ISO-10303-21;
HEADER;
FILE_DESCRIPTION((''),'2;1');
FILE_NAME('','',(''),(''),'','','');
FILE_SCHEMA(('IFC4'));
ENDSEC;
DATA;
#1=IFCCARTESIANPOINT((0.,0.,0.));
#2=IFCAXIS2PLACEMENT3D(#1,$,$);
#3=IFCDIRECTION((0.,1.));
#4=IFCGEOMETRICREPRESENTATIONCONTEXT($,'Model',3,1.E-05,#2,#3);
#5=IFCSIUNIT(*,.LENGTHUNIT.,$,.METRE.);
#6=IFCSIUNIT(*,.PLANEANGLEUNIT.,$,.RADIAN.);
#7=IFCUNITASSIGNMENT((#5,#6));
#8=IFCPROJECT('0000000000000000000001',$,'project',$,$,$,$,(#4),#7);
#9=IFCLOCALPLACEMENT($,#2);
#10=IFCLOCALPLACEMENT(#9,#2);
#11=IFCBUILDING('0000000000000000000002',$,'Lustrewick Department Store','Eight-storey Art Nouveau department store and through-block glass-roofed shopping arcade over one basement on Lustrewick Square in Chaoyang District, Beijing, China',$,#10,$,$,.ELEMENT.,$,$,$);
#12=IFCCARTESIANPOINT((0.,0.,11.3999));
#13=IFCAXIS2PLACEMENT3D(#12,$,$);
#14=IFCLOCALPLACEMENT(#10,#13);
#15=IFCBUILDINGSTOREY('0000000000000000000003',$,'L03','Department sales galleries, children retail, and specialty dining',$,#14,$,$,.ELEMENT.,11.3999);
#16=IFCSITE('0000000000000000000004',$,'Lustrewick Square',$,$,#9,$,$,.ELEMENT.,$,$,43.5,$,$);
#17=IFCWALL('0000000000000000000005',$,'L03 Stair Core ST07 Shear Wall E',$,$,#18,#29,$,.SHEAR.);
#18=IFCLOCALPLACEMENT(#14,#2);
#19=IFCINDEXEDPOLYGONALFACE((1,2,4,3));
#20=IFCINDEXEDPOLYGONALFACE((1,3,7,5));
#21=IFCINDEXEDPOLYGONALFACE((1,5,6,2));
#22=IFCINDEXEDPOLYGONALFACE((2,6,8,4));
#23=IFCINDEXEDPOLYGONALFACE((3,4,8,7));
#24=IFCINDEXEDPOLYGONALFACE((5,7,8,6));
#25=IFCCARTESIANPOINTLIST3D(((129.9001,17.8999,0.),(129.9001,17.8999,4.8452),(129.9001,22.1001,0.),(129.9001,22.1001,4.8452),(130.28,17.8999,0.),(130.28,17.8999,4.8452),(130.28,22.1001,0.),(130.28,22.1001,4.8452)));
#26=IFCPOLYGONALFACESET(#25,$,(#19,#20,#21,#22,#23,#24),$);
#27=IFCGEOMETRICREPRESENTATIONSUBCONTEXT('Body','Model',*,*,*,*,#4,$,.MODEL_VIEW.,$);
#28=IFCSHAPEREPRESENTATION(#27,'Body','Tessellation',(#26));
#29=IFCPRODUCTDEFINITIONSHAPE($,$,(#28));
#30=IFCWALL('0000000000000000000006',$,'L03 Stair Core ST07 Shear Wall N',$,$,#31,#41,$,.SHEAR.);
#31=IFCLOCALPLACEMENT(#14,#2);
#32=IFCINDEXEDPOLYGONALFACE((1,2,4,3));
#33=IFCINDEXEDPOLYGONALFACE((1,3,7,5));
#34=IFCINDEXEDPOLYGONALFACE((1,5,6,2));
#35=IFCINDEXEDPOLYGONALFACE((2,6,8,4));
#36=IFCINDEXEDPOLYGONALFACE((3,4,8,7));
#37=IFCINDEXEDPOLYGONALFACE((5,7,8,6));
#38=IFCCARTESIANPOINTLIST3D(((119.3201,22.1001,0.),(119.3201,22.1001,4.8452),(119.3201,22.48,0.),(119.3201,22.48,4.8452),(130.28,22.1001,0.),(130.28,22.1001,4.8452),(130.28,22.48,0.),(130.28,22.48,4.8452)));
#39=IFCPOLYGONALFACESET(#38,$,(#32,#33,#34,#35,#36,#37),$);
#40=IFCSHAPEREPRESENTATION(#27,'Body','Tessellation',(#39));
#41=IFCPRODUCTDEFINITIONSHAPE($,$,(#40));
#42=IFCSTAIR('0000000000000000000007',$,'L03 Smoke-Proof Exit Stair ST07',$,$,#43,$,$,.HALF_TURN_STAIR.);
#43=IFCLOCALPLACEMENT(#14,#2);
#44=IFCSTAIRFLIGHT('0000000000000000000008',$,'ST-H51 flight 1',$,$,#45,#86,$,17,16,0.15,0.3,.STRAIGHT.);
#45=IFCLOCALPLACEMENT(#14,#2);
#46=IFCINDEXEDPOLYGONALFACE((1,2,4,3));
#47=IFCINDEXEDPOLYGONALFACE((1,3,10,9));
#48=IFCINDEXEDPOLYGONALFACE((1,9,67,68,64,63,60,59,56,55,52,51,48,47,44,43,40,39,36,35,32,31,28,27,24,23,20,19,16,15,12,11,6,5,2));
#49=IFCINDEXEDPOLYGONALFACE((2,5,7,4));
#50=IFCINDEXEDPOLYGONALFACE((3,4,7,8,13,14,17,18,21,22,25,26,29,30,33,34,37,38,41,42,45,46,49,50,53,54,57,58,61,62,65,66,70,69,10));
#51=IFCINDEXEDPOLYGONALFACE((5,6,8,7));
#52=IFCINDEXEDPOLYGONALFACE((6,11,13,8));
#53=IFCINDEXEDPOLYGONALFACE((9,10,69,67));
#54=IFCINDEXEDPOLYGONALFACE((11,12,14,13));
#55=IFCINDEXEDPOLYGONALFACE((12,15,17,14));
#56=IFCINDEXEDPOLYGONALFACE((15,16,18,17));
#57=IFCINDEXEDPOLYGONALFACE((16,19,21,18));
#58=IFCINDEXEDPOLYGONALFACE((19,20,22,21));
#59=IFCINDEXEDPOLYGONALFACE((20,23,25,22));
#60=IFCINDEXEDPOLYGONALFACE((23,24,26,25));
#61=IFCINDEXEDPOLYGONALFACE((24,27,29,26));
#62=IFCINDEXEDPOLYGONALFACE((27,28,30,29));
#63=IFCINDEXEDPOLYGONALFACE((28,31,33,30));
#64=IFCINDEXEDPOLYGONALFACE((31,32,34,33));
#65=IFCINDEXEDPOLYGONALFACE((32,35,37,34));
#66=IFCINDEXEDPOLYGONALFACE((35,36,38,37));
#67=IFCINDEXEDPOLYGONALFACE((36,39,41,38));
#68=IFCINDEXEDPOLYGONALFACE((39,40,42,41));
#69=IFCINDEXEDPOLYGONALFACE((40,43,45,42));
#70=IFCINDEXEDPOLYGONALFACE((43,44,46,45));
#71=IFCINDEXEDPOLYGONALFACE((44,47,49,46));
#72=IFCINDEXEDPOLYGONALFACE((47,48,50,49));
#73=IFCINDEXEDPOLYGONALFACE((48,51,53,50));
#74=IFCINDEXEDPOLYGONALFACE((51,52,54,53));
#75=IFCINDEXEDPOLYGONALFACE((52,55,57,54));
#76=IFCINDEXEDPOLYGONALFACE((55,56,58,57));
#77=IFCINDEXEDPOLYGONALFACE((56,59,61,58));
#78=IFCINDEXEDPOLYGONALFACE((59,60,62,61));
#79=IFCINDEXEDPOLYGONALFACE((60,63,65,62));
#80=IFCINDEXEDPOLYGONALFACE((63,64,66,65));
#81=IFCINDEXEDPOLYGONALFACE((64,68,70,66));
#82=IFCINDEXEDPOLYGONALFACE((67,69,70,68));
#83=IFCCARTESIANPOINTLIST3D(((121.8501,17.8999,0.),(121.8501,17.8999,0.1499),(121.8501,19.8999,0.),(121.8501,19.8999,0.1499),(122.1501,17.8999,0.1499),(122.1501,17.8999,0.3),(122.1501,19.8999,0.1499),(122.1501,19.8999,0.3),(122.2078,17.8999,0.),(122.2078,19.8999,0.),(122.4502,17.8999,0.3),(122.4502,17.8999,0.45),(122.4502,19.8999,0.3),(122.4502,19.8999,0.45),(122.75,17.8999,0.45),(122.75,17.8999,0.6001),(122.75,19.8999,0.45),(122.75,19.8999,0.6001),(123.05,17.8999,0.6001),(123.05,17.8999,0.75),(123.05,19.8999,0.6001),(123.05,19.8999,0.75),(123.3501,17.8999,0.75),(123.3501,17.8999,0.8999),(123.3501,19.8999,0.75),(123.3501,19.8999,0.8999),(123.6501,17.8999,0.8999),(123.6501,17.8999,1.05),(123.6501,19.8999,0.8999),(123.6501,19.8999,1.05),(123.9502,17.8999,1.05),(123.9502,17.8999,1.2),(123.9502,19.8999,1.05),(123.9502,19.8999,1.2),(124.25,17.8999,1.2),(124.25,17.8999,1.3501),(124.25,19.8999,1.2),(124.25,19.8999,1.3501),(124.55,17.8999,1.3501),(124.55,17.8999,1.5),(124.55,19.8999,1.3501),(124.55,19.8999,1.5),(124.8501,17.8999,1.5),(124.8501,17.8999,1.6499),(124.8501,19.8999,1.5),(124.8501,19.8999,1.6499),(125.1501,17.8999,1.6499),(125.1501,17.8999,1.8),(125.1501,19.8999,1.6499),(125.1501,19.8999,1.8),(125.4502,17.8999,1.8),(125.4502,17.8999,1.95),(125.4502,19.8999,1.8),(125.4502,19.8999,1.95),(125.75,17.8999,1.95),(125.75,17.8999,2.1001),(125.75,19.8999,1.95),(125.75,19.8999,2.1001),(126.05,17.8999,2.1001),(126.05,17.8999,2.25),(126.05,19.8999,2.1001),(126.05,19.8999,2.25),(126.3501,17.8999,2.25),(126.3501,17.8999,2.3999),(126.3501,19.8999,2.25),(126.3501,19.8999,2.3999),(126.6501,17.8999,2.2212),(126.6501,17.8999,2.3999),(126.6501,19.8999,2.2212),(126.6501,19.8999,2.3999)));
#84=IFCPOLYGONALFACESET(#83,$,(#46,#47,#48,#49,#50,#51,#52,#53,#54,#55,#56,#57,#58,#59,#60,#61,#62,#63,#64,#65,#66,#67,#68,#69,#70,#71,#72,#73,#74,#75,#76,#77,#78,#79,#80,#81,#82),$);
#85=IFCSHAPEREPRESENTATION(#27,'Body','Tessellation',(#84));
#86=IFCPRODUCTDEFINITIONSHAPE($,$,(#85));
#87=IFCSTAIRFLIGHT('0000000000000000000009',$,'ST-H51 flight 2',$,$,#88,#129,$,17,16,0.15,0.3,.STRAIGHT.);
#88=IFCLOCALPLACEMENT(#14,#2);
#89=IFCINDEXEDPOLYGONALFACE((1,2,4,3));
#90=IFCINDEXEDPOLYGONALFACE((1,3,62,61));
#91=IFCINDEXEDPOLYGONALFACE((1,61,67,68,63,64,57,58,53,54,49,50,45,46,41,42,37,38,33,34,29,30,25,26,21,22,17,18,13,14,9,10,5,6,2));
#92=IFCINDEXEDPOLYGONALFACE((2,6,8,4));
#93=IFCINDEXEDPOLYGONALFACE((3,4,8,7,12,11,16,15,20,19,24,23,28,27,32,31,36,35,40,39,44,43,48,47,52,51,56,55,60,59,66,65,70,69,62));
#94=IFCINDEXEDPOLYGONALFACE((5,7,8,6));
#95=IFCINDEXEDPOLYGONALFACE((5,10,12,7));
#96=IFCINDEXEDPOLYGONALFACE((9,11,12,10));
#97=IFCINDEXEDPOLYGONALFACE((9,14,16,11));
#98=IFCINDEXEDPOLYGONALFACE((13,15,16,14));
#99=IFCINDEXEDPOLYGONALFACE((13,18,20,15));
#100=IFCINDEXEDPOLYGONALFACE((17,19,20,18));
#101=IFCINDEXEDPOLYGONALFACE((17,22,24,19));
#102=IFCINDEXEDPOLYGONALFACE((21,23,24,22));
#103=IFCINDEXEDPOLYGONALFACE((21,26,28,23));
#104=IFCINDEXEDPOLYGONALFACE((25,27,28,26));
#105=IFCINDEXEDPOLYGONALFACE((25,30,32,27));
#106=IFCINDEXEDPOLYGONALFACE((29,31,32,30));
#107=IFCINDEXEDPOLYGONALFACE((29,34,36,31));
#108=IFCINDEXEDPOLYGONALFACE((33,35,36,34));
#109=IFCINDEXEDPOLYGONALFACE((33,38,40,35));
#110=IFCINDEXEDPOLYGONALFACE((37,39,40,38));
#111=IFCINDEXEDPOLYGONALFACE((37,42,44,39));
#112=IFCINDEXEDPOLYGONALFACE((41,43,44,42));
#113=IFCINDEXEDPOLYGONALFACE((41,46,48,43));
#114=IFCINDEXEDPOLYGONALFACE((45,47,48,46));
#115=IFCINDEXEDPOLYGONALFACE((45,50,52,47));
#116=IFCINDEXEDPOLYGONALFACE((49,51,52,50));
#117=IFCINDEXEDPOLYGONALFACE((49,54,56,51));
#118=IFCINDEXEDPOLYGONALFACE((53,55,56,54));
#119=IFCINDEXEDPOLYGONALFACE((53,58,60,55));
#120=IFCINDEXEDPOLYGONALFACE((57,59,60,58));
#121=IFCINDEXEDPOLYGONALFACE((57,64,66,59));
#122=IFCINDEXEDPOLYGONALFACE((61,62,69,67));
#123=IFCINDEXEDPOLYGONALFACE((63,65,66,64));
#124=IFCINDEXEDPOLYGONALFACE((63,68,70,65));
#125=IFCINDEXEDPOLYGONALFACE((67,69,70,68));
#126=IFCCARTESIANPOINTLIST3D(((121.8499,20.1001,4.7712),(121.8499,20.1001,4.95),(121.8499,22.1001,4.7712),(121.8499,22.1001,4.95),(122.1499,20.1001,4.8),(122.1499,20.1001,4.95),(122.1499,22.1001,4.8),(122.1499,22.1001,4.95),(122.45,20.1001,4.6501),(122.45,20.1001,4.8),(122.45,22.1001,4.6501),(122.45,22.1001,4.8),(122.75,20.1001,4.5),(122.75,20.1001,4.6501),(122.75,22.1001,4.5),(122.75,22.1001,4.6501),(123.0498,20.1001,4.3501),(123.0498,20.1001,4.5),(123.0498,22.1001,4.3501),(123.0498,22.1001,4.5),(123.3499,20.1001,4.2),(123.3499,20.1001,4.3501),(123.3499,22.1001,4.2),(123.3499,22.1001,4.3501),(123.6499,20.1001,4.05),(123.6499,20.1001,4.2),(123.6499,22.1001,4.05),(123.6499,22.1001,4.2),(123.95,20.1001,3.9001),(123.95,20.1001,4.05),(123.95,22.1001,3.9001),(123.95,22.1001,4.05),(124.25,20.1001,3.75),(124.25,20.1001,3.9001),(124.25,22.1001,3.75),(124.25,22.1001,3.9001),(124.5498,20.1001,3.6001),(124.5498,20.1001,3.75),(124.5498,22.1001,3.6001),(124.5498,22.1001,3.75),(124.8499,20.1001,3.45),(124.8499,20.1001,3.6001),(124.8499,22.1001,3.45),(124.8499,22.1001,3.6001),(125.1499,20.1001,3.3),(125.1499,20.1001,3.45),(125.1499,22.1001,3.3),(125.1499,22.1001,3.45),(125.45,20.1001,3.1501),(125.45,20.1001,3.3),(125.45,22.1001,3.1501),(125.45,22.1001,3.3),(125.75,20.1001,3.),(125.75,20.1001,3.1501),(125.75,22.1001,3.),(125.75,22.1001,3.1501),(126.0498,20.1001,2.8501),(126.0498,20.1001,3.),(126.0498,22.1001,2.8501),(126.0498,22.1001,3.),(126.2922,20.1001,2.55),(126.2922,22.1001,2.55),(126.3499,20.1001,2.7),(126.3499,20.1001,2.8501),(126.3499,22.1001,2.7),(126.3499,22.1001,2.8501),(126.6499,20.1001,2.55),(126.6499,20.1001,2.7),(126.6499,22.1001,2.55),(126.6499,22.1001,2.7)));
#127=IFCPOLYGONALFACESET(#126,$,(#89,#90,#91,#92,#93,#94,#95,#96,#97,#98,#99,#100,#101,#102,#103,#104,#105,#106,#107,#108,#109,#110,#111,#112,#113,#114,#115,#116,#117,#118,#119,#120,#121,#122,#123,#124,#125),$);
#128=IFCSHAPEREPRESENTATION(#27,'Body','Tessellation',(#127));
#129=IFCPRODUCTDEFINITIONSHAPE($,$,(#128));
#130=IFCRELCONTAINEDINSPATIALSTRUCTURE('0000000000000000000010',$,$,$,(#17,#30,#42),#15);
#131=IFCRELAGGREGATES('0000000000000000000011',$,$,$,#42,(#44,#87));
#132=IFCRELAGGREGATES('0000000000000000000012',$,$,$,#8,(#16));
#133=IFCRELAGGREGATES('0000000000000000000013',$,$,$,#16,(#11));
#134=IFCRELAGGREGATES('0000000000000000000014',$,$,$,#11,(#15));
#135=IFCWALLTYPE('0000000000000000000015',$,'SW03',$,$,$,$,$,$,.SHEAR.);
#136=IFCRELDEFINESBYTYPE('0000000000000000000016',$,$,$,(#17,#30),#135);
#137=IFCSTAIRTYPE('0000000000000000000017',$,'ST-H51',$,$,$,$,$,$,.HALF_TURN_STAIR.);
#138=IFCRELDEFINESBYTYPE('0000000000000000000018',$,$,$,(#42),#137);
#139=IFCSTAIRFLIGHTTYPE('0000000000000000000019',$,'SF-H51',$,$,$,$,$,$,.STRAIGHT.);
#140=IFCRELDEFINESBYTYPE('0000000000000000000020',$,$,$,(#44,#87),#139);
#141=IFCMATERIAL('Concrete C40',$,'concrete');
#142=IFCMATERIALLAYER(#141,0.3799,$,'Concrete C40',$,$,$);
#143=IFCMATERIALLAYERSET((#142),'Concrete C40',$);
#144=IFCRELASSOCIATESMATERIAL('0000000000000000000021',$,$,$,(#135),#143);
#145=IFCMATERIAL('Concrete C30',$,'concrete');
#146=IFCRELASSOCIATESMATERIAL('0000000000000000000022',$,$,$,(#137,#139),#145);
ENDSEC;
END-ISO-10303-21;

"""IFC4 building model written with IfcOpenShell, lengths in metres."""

from ifc_helpers import new_model, si_unit, direction, frame, frame_2d, origin, place, context, subcontext, project, spatial, polyline, rectangle, outline, extrude, material, layer, layer_set, type_object, element, aggregate, save


model = new_model("IFC4")

# Units and contexts
model_context = context("Model", 3, precision=1e-05, world=origin(), true_north=direction((0.0, 1.0)))
body_context = subcontext(model_context, "Body", "Model", "MODEL_VIEW")
ifc_project = project(units=[si_unit("LENGTHUNIT", "METRE"), si_unit("PLANEANGLEUNIT", "RADIAN")], contexts=[model_context])

# Site, building, storey
site_placement = place(None, origin())
site = spatial("IfcSite", under=ifc_project, at=site_placement, Name="Lustrewick Square", CompositionType="ELEMENT", RefElevation=43.5)
building_placement = place(site_placement, origin())
building = spatial("IfcBuilding", under=site, at=building_placement, Name="Lustrewick Department Store", Description="Eight-storey Art Nouveau department store and through-block glass-roofed shopping arcade over one basement on Lustrewick Square in Chaoyang District, Beijing, China", CompositionType="ELEMENT")
storey_placement = place(building_placement, frame((0.0, 0.0, 11.3999)))
storey = spatial("IfcBuildingStorey", under=building, at=storey_placement, Name="L03", Description="Department sales galleries, children retail, and specialty dining", CompositionType="ELEMENT", Elevation=11.3999)

# Walls
ifc_material_1 = material(Name="Concrete C40", Category="concrete")
ifc_layer = layer(ifc_material_1, 0.3799, Name="Concrete C40")
ifc_layer_set = layer_set([ifc_layer], Name="Concrete C40")
wall_type = type_object("IfcWallType", Name="SW03", PredefinedType="SHEAR", material=ifc_layer_set)
wall_1_placement = place(storey_placement, frame((130.0901, 17.8999, 0.0), z_axis=(0.0, 0.0, 1.0), x_axis=(0.0, 1.0, 0.0)))
element("IfcWall", 1, at=wall_1_placement, inside=storey, type_object=wall_type, Name="L03 Stair Core ST07 Shear Wall E", PredefinedType="SHEAR", context=body_context, shape_type="SweptSolid", body=[
    extrude(rectangle(XDim=4.2002, YDim=0.3799, at=frame_2d((2.1001, 0.0))), origin(), (0.0, 0.0, 1.0), 4.8452),
])
wall_2_placement = place(storey_placement, frame((130.28, 22.29, 0.0), z_axis=(0.0, 0.0, 1.0), x_axis=(-1.0, 0.0, 0.0)))
element("IfcWall", 2, at=wall_2_placement, inside=storey, type_object=wall_type, Name="L03 Stair Core ST07 Shear Wall N", PredefinedType="SHEAR", context=body_context, shape_type="SweptSolid", body=[
    extrude(rectangle(XDim=10.96, YDim=0.3799, at=frame_2d((5.48, 0.0))), origin(), (0.0, 0.0, 1.0), 4.8452),
])

# Stair, stair flights
ifc_material_2 = material(Name="Concrete C30", Category="concrete")
stair_type = type_object("IfcStairType", Name="ST-H51", PredefinedType="HALF_TURN_STAIR", material=ifc_material_2)
stair_placement = place(storey_placement, origin())
stair = element("IfcStair", 3, at=stair_placement, inside=storey, type_object=stair_type, Name="L03 Smoke-Proof Exit Stair ST07", PredefinedType="HALF_TURN_STAIR")
stair_flight_type = type_object("IfcStairFlightType", Name="SF-H51", PredefinedType="STRAIGHT", material=ifc_material_2)
stair_flight_1_placement = place(storey_placement, frame((121.8501, 18.8999, 0.0), z_axis=(0.0, 0.0, 1.0), x_axis=(1.0, 0.0, 0.0)))
stair_flight_1 = element("IfcStairFlight", 4, at=stair_flight_1_placement, type_object=stair_flight_type, Name="ST-H51 flight 1", NumberOfRisers=17, NumberOfTreads=16, PredefinedType="STRAIGHT", RiserHeight=0.15, TreadLength=0.3, context=body_context, shape_type="SweptSolid", body=[
    extrude(outline(polyline([(0.0, 0.0), (0.0, 0.1499), (0.3, 0.1499), (0.3, 0.3), (0.6001, 0.3), (0.6001, 0.45), (0.8999, 0.45), (0.8999, 0.6001), (1.2, 0.6001), (1.2, 0.75), (1.5, 0.75), (1.5, 0.8999), (1.8, 0.8999), (1.8, 1.05), (2.1001, 1.05), (2.1001, 1.2), (2.3999, 1.2), (2.3999, 1.3501), (2.7, 1.3501), (2.7, 1.5), (3.0, 1.5), (3.0, 1.6499), (3.3, 1.6499), (3.3, 1.8), (3.6001, 1.8), (3.6001, 1.95), (3.8999, 1.95), (3.8999, 2.1001), (4.2, 2.1001), (4.2, 2.25), (4.5, 2.25), (4.5, 2.3999), (4.8, 2.3999), (4.8, 2.55), (4.8, 2.2212), (0.3577, 0.0), (0.0, 0.0)])), frame((0.0, 1.0, 0.0), z_axis=(0.0, -1.0, 0.0), x_axis=(1.0, 0.0, 0.0)), (0.0, 0.0, 1.0), 2.0),
])
stair_flight_2_placement = place(storey_placement, frame((126.6499, 21.1001, 2.55), z_axis=(0.0, 0.0, 1.0), x_axis=(-1.0, 0.0, 0.0)))
stair_flight_2 = element("IfcStairFlight", 5, at=stair_flight_2_placement, type_object=stair_flight_type, Name="ST-H51 flight 2", NumberOfRisers=17, NumberOfTreads=16, PredefinedType="STRAIGHT", RiserHeight=0.15, TreadLength=0.3, context=body_context, shape_type="SweptSolid", body=[
    extrude(outline(polyline([(0.0, 0.0), (0.0, 0.1499), (0.3, 0.1499), (0.3, 0.3), (0.6001, 0.3), (0.6001, 0.45), (0.8999, 0.45), (0.8999, 0.6001), (1.2, 0.6001), (1.2, 0.75), (1.5, 0.75), (1.5, 0.8999), (1.8, 0.8999), (1.8, 1.05), (2.1001, 1.05), (2.1001, 1.2), (2.3999, 1.2), (2.3999, 1.3501), (2.7, 1.3501), (2.7, 1.5), (3.0, 1.5), (3.0, 1.6499), (3.3, 1.6499), (3.3, 1.8), (3.6001, 1.8), (3.6001, 1.95), (3.8999, 1.95), (3.8999, 2.1001), (4.2, 2.1001), (4.2, 2.25), (4.5, 2.25), (4.5, 2.3999), (4.8, 2.3999), (4.8, 2.55), (4.8, 2.2212), (0.3577, 0.0), (0.0, 0.0)])), frame((0.0, 1.0, 0.0), z_axis=(0.0, -1.0, 0.0), x_axis=(1.0, 0.0, 0.0)), (0.0, 0.0, 1.0), 2.0),
])
aggregate(stair, [stair_flight_1, stair_flight_2])

save(model, "model.ifc")
